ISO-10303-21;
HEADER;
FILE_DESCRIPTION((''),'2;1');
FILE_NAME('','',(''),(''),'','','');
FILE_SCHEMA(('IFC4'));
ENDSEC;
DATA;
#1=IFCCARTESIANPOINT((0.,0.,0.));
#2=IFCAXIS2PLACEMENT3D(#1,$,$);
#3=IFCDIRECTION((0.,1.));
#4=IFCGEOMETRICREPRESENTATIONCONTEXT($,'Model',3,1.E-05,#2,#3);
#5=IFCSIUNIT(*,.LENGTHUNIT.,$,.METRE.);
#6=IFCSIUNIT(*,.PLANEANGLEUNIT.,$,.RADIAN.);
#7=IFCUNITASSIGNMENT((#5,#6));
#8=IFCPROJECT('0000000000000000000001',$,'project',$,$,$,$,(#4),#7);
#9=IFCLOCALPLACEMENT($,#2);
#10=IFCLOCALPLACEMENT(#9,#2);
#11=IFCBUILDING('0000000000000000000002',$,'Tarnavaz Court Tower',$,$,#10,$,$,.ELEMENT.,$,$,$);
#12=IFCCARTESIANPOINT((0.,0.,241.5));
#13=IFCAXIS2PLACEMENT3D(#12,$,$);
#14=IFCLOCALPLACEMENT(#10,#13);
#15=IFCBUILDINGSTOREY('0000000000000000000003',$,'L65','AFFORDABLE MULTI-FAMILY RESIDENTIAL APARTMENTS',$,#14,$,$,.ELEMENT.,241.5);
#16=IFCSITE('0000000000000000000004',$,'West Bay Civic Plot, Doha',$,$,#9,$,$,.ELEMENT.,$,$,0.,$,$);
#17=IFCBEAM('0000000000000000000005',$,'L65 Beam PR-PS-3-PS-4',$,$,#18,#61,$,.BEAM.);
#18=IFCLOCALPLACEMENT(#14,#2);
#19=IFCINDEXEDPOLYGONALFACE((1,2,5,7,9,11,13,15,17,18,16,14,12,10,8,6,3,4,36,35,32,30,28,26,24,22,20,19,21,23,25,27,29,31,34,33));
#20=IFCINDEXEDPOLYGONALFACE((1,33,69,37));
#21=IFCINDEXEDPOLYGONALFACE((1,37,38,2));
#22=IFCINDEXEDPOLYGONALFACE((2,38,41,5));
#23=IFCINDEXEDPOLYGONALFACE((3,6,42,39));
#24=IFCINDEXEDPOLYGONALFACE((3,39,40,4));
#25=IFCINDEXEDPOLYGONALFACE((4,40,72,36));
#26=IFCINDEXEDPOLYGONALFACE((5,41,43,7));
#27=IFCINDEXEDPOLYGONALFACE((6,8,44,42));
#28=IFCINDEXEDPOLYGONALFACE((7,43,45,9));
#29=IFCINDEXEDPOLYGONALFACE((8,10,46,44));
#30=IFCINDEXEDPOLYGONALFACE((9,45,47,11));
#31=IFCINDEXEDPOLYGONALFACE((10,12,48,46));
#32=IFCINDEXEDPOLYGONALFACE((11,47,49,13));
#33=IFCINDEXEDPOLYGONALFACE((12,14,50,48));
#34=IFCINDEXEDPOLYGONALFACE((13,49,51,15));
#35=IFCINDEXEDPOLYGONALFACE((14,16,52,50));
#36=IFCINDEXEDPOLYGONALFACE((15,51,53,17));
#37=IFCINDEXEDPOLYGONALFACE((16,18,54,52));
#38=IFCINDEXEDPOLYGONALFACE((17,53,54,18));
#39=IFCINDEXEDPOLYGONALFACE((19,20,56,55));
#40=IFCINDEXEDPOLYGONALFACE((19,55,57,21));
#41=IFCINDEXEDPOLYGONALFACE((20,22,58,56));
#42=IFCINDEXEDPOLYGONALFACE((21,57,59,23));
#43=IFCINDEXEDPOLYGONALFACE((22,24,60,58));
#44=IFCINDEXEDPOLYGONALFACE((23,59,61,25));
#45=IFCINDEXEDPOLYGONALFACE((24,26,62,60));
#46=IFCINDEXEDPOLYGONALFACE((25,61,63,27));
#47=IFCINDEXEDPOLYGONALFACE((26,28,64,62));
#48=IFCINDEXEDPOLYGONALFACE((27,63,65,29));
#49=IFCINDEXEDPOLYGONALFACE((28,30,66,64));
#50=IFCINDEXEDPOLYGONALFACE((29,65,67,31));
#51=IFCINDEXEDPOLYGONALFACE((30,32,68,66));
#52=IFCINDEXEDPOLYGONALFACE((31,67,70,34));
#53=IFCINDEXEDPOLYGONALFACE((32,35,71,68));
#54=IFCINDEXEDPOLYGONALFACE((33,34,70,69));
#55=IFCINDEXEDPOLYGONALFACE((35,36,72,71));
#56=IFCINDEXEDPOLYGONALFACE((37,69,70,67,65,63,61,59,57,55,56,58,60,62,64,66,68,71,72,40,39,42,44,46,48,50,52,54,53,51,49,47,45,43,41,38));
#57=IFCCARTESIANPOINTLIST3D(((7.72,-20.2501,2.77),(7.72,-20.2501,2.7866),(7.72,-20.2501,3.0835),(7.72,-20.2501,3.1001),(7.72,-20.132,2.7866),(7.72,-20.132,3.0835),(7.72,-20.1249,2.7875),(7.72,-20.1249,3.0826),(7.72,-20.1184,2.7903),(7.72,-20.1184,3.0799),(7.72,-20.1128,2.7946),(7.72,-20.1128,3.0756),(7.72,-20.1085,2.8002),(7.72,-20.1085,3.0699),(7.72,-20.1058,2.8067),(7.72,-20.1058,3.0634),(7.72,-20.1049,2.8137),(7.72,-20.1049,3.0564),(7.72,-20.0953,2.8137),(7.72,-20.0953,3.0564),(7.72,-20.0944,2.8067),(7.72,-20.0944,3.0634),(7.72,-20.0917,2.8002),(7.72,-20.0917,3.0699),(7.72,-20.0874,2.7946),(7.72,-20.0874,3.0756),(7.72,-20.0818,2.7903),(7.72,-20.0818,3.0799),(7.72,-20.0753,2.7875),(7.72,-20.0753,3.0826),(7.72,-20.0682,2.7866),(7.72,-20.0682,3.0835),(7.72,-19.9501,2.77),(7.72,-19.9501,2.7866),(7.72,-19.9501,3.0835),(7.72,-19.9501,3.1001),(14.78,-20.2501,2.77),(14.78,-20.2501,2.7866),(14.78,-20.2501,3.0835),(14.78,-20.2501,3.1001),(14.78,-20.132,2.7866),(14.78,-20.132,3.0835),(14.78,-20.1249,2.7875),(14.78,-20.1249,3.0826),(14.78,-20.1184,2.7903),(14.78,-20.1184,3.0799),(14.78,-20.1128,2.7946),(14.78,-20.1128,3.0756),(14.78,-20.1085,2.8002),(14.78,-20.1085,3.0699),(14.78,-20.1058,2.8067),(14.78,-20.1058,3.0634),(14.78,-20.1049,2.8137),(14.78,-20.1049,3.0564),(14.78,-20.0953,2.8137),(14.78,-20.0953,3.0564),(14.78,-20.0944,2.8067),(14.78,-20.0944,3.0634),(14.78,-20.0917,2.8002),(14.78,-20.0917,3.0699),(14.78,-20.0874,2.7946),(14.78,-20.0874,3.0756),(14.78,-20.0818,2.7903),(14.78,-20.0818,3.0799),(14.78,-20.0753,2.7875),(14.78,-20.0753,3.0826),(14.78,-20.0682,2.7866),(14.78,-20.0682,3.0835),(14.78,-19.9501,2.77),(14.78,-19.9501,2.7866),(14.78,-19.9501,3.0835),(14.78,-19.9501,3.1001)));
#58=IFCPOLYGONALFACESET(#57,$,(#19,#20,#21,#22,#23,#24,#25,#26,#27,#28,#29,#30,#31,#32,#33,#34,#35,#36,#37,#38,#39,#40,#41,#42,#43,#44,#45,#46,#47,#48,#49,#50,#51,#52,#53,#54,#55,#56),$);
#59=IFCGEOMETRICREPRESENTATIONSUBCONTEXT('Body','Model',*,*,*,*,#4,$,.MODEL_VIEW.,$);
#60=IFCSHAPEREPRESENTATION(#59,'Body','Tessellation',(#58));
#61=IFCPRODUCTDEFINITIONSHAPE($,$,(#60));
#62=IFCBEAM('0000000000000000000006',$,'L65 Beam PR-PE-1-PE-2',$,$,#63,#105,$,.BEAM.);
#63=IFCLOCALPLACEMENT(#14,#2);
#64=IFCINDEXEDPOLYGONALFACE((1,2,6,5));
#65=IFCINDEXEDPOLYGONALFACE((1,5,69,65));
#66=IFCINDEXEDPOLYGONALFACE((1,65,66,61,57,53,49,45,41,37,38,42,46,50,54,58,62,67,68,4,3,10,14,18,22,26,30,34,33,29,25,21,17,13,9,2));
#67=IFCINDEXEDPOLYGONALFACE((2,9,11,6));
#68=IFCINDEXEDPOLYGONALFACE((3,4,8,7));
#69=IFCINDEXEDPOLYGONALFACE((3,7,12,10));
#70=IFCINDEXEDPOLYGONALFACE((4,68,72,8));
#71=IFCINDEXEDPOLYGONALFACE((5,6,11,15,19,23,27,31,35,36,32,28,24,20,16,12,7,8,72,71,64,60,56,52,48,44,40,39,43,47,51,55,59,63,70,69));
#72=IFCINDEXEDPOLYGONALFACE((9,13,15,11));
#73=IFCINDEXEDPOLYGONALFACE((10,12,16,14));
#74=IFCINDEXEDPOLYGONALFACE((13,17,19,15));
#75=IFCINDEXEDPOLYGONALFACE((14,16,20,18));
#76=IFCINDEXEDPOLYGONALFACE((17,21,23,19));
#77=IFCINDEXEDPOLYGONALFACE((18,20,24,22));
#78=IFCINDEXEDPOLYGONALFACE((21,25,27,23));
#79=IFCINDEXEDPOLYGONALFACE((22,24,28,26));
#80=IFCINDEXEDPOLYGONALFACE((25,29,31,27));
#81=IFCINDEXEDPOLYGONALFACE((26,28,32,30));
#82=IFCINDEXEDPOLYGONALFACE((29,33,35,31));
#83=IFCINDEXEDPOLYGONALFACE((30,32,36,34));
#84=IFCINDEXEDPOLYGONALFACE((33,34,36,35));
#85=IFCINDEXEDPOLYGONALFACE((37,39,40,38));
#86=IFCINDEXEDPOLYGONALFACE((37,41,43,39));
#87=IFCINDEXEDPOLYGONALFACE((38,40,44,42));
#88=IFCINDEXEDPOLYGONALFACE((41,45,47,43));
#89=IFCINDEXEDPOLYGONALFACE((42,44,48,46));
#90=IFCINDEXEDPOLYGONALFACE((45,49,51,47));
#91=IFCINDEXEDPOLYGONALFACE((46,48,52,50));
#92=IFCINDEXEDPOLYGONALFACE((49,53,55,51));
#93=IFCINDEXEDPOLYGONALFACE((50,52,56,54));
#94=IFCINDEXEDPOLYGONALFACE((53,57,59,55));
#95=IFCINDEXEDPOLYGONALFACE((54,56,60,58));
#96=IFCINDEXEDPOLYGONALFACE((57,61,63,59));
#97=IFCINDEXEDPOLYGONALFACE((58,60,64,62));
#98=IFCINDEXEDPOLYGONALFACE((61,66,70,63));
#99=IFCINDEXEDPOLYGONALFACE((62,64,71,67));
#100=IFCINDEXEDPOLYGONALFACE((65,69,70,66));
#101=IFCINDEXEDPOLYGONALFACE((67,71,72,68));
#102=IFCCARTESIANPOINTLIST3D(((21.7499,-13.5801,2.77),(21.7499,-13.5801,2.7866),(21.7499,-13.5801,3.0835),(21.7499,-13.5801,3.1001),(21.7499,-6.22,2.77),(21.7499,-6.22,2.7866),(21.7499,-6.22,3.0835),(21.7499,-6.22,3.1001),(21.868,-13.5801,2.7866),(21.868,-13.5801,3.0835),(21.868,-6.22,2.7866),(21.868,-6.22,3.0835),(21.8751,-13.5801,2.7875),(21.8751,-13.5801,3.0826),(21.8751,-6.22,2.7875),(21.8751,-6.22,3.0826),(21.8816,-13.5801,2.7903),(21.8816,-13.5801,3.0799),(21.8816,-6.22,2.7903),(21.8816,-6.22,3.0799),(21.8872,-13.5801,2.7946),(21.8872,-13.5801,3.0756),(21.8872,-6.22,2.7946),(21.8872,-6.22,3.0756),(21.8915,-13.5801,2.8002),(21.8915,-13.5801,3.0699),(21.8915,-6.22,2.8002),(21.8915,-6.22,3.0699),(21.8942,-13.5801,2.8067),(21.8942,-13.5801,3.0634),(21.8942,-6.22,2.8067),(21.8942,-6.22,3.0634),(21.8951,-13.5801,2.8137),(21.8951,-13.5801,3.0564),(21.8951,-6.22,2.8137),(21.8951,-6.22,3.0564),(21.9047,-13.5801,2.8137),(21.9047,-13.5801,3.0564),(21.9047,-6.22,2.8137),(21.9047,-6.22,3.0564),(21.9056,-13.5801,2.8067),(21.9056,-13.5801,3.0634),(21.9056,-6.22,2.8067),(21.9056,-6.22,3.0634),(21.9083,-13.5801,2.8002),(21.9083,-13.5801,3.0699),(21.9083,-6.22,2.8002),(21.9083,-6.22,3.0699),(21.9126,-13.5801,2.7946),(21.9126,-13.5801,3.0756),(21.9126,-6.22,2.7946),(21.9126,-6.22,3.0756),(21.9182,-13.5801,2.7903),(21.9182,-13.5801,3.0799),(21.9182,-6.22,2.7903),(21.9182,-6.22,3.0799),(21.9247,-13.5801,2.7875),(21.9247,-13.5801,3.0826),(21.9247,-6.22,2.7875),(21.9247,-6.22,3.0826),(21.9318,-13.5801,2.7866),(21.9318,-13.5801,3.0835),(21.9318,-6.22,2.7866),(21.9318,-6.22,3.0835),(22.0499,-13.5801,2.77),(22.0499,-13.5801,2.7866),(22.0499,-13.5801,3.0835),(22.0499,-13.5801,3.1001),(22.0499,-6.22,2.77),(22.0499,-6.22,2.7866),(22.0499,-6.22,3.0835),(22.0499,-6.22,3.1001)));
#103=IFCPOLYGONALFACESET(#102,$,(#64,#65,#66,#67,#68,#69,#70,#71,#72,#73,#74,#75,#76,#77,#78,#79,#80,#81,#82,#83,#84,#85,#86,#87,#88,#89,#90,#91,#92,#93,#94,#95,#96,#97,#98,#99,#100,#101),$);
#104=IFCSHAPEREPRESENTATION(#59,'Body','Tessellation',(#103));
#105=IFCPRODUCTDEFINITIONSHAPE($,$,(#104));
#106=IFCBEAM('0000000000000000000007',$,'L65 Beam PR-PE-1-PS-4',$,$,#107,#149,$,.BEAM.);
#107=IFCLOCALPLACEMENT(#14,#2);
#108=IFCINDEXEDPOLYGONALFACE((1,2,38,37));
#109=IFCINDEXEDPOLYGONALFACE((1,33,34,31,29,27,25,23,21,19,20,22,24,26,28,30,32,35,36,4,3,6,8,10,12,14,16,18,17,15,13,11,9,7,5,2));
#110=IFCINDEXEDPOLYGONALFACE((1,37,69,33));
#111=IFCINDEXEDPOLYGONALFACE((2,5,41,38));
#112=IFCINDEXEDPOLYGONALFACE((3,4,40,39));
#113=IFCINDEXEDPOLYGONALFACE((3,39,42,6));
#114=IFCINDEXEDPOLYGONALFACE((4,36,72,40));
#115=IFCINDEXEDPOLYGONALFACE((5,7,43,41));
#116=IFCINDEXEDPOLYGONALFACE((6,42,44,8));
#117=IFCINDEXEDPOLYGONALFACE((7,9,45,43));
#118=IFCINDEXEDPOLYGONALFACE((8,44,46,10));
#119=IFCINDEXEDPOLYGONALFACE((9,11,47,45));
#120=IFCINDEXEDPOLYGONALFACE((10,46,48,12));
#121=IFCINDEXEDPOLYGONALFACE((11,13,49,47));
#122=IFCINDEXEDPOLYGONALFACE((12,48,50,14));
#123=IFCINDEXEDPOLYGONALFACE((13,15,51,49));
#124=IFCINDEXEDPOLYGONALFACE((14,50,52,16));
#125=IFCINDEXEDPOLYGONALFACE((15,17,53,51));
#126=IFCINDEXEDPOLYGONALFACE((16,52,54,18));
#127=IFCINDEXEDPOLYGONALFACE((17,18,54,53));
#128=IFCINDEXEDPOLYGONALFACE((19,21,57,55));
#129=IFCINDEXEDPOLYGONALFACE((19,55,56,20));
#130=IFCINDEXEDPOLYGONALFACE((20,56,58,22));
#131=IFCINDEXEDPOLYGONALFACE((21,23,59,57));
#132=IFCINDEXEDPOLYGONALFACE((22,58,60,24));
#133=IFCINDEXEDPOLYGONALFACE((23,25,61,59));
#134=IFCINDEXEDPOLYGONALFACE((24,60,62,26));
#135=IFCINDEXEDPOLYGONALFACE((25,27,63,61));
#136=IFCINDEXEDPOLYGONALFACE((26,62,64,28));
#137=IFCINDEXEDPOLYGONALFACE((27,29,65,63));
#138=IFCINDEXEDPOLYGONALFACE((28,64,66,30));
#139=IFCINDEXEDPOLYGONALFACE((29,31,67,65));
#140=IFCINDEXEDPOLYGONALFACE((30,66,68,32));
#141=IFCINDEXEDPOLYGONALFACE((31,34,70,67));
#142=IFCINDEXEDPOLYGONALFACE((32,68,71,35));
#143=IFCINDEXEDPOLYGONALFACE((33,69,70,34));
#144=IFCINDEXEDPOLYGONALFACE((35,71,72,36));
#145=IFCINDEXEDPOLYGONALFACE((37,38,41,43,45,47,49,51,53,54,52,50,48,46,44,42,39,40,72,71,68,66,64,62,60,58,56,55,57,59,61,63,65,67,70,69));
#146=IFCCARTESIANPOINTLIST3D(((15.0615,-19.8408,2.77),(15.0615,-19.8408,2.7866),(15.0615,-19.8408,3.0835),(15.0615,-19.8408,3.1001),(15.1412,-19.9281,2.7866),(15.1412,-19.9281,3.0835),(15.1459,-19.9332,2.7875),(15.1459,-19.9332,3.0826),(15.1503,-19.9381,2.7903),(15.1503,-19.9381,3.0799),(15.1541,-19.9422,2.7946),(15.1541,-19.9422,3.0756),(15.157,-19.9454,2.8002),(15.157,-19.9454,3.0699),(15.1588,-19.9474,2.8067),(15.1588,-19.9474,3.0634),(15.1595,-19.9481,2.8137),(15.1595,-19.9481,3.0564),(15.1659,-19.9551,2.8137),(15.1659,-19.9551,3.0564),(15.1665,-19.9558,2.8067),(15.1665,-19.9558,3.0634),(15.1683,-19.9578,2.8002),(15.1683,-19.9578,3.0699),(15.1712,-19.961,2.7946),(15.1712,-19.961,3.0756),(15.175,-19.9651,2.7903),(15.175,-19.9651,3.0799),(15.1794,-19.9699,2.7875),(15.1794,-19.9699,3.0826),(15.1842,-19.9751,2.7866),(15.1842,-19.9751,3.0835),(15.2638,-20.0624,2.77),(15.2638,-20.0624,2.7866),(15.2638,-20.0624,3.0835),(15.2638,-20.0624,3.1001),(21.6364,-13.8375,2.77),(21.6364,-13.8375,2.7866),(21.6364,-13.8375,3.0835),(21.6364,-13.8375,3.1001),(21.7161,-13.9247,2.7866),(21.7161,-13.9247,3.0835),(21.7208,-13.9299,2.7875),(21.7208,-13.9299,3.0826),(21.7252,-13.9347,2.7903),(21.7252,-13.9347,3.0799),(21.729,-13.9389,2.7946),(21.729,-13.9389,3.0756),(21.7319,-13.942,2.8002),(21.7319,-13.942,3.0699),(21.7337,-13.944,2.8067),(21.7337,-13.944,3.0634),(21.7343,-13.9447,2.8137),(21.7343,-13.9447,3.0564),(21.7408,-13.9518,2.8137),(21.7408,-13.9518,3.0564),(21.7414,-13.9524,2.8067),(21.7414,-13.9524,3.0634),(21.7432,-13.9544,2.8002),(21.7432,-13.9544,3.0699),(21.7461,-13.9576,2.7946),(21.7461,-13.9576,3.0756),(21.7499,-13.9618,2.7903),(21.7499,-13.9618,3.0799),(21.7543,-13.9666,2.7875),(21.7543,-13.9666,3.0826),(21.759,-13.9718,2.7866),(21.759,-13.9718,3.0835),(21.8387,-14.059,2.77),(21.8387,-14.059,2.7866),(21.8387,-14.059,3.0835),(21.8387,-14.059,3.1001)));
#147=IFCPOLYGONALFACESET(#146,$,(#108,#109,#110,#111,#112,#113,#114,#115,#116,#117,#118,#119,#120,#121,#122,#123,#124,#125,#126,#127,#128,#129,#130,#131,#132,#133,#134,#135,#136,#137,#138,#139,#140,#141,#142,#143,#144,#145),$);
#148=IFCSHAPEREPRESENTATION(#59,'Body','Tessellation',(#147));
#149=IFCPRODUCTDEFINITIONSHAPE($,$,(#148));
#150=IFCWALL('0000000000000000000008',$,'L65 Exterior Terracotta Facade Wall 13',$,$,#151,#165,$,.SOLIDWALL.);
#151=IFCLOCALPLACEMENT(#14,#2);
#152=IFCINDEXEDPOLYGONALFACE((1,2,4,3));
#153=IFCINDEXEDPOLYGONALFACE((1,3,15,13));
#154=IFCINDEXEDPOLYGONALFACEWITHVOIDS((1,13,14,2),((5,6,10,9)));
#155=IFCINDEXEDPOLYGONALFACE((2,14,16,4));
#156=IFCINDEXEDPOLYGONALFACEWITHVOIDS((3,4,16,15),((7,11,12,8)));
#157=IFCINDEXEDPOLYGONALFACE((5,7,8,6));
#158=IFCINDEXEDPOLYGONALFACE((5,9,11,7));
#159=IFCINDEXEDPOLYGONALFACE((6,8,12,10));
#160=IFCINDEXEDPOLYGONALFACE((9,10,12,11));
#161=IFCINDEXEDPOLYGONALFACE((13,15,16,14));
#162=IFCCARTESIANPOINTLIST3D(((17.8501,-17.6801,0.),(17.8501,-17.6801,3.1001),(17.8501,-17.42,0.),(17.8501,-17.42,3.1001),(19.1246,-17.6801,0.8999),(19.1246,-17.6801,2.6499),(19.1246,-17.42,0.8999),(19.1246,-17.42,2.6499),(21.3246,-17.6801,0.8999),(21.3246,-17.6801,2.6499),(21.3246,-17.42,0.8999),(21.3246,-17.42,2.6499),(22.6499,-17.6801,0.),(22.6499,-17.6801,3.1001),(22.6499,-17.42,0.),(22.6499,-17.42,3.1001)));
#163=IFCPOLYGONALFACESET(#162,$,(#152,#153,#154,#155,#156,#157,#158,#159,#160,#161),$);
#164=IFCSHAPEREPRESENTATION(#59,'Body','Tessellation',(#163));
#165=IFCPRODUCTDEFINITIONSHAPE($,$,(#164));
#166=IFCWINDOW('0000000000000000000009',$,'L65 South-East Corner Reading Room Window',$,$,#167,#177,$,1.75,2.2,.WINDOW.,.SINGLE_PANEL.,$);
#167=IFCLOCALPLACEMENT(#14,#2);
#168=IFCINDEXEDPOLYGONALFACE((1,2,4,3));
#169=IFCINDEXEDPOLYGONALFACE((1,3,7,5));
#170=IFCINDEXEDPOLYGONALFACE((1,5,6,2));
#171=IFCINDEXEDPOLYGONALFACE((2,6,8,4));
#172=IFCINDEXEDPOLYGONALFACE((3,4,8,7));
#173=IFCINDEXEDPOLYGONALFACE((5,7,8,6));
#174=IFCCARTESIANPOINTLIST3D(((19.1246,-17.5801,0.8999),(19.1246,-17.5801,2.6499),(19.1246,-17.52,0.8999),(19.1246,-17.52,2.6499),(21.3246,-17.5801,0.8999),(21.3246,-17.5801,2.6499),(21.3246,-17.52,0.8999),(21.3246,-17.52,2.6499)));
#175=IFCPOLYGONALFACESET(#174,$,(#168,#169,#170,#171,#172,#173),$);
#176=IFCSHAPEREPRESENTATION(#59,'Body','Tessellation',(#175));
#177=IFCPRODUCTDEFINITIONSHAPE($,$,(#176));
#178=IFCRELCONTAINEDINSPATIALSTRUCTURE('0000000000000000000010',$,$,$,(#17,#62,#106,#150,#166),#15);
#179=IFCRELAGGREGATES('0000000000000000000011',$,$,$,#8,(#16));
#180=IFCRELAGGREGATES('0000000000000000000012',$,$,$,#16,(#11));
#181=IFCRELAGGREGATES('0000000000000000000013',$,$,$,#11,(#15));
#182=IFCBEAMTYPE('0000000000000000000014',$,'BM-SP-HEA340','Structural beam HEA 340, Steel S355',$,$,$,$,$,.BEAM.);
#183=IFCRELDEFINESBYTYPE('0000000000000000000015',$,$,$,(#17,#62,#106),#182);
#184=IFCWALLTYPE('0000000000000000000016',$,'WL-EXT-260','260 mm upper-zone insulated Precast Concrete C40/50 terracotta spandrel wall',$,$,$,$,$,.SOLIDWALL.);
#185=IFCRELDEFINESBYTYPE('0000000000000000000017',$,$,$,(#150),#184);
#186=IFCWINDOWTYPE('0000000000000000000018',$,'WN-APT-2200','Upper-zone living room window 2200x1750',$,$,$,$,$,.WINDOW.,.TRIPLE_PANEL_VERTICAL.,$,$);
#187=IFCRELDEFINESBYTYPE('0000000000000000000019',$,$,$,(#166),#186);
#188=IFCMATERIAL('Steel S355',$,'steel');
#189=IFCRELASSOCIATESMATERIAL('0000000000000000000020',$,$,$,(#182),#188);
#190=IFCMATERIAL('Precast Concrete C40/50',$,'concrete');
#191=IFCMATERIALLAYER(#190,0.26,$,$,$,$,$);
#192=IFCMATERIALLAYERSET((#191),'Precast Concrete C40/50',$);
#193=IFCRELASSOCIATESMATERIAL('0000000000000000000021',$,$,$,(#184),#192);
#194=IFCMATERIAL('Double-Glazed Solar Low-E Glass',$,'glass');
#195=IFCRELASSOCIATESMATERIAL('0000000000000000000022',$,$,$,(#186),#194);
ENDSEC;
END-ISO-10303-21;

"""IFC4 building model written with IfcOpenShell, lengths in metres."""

from ifc_helpers import new_model, si_unit, direction, frame, frame_2d, origin, origin_2d, place, context, subcontext, project, spatial, rectangle, i_section, extrude, material, layer, layer_set, material_profile, profile_set, type_object, element, fill, save


model = new_model("IFC4")

# Units and contexts
model_context = context("Model", 3, precision=1e-05, world=origin(), true_north=direction((0.0, 1.0)))
body_context = subcontext(model_context, "Body", "Model", "MODEL_VIEW")
ifc_project = project(units=[si_unit("LENGTHUNIT", "METRE"), si_unit("PLANEANGLEUNIT", "RADIAN")], contexts=[model_context])

# Site, building, storey
site_placement = place(None, origin())
site = spatial("IfcSite", under=ifc_project, at=site_placement, Name="West Bay Civic Plot, Doha", CompositionType="ELEMENT", RefElevation=0.0)
building_placement = place(site_placement, origin())
building = spatial("IfcBuilding", under=site, at=building_placement, Name="Tarnavaz Court Tower", CompositionType="ELEMENT")
storey_placement = place(building_placement, frame((0.0, 0.0, 241.5)))
storey = spatial("IfcBuildingStorey", under=building, at=storey_placement, Name="L65", Description="AFFORDABLE MULTI-FAMILY RESIDENTIAL APARTMENTS", CompositionType="ELEMENT", Elevation=241.5)

# Beams
ifc_material_1 = material(Name="Steel S355", Category="steel")
ifc_material_profile_1 = material_profile(ifc_material_1, i_section(OverallWidth=0.3, OverallDepth=0.3301, WebThickness=0.0095, FlangeThickness=0.0166, FilletRadius=0.0271, at=origin_2d()), Name="HEA 340")
ifc_profile_set_1 = profile_set([ifc_material_profile_1], Name="Steel S355")
beam_type_1 = type_object("IfcBeamType", Name="BM-SP-HEA340", Description="Structural beam HEA 340, Steel S355", PredefinedType="BEAM", material=ifc_profile_set_1)
beam_1_placement = place(storey_placement, frame((7.72, -20.1001, 2.9351), z_axis=(1.0, 0.0, 0.0), x_axis=(0.0, 1.0, 0.0)))
element("IfcBeam", 1, at=beam_1_placement, inside=storey, type_object=beam_type_1, Name="L65 Beam PR-PS-3-PS-4", PredefinedType="BEAM", context=body_context, shape_type="SweptSolid", body=[
    extrude(i_section(OverallWidth=0.3, OverallDepth=0.3301, WebThickness=0.0095, FlangeThickness=0.0166, FilletRadius=0.0271, at=origin_2d()), origin(), (0.0, 0.0, 1.0), 7.0601),
])
beam_2_placement = place(storey_placement, frame((21.8999, -13.5801, 2.9351), z_axis=(0.0, 1.0, 0.0), x_axis=(-1.0, 0.0, 0.0)))
element("IfcBeam", 2, at=beam_2_placement, inside=storey, type_object=beam_type_1, Name="L65 Beam PR-PE-1-PE-2", PredefinedType="BEAM", context=body_context, shape_type="SweptSolid", body=[
    extrude(i_section(OverallWidth=0.3, OverallDepth=0.3301, WebThickness=0.0095, FlangeThickness=0.0166, FilletRadius=0.0271, at=origin_2d()), origin(), (0.0, 0.0, 1.0), 7.3601),
])
beam_3_placement = place(storey_placement, frame((21.7375, -13.9482, 2.9351), z_axis=(-0.738474, -0.674282, 0.0), x_axis=(0.674282, -0.738474, 0.0)))
element("IfcBeam", 3, at=beam_3_placement, inside=storey, type_object=beam_type_1, Name="L65 Beam PR-PE-1-PS-4", PredefinedType="BEAM", context=body_context, shape_type="SweptSolid", body=[
    extrude(i_section(OverallWidth=0.3, OverallDepth=0.3301, WebThickness=0.0095, FlangeThickness=0.0166, FilletRadius=0.0271, at=origin_2d()), origin(), (0.0, 0.0, 1.0), 8.9033),
])

# Wall, opening, window
ifc_material_2 = material(Name="Precast Concrete C40/50", Category="concrete")
ifc_layer_1 = layer(ifc_material_2, 0.26)
ifc_layer_set_1 = layer_set([ifc_layer_1], Name="Precast Concrete C40/50")
wall_type_1 = type_object("IfcWallType", Name="WL-EXT-260", Description="260 mm upper-zone insulated Precast Concrete C40/50 terracotta spandrel wall", PredefinedType="SOLIDWALL", material=ifc_layer_set_1)
wall_1_placement = place(storey_placement, frame((22.6499, -17.55, 0.0), z_axis=(0.0, 0.0, 1.0), x_axis=(-1.0, 0.0, 0.0)))
wall_1 = element("IfcWall", 4, at=wall_1_placement, inside=storey, type_object=wall_type_1, Name="L65 Exterior Terracotta Facade Wall 13", PredefinedType="SOLIDWALL", context=body_context, shape_type="SweptSolid", body=[
    extrude(rectangle(XDim=4.7998, YDim=0.26, at=frame_2d((2.3999, 0.0))), origin(), (0.0, 0.0, 1.0), 3.1001),
])
opening_1_placement = place(wall_1_placement, frame((1.3252, 0.0, 0.8999)))
opening_1 = element("IfcOpeningElement", 5, at=opening_1_placement, cuts=wall_1, PredefinedType="OPENING", context=body_context, shape_type="SweptSolid", body=[
    extrude(rectangle(XDim=2.2, YDim=1.75, at=frame_2d((1.1001, 0.875))), frame((0.0, 0.1399, 0.0), z_axis=(0.0, -1.0, 0.0), x_axis=(1.0, 0.0, 0.0)), (0.0, 0.0, 1.0), 0.28),
])
ifc_material_3 = material(Name="Double-Glazed Solar Low-E Glass", Category="glass")
window_type_1 = type_object("IfcWindowType", Name="WN-APT-2200", Description="Upper-zone living room window 2200x1750", PartitioningType="TRIPLE_PANEL_VERTICAL", PredefinedType="WINDOW", material=ifc_material_3)
window_1_placement = place(opening_1_placement, origin())
window_1 = element("IfcWindow", 6, at=window_1_placement, inside=storey, type_object=window_type_1, Name="L65 South-East Corner Reading Room Window", OverallHeight=1.75, OverallWidth=2.2, PartitioningType="SINGLE_PANEL", PredefinedType="WINDOW", context=body_context, shape_type="SweptSolid", body=[
    extrude(rectangle(XDim=2.2, YDim=1.75, at=frame_2d((1.1001, 0.875))), frame((0.0, 0.03, 0.0), z_axis=(0.0, -1.0, 0.0), x_axis=(1.0, 0.0, 0.0)), (0.0, 0.0, 1.0), 0.0601),
])
fill(opening_1, window_1)

save(model, "model.ifc")
